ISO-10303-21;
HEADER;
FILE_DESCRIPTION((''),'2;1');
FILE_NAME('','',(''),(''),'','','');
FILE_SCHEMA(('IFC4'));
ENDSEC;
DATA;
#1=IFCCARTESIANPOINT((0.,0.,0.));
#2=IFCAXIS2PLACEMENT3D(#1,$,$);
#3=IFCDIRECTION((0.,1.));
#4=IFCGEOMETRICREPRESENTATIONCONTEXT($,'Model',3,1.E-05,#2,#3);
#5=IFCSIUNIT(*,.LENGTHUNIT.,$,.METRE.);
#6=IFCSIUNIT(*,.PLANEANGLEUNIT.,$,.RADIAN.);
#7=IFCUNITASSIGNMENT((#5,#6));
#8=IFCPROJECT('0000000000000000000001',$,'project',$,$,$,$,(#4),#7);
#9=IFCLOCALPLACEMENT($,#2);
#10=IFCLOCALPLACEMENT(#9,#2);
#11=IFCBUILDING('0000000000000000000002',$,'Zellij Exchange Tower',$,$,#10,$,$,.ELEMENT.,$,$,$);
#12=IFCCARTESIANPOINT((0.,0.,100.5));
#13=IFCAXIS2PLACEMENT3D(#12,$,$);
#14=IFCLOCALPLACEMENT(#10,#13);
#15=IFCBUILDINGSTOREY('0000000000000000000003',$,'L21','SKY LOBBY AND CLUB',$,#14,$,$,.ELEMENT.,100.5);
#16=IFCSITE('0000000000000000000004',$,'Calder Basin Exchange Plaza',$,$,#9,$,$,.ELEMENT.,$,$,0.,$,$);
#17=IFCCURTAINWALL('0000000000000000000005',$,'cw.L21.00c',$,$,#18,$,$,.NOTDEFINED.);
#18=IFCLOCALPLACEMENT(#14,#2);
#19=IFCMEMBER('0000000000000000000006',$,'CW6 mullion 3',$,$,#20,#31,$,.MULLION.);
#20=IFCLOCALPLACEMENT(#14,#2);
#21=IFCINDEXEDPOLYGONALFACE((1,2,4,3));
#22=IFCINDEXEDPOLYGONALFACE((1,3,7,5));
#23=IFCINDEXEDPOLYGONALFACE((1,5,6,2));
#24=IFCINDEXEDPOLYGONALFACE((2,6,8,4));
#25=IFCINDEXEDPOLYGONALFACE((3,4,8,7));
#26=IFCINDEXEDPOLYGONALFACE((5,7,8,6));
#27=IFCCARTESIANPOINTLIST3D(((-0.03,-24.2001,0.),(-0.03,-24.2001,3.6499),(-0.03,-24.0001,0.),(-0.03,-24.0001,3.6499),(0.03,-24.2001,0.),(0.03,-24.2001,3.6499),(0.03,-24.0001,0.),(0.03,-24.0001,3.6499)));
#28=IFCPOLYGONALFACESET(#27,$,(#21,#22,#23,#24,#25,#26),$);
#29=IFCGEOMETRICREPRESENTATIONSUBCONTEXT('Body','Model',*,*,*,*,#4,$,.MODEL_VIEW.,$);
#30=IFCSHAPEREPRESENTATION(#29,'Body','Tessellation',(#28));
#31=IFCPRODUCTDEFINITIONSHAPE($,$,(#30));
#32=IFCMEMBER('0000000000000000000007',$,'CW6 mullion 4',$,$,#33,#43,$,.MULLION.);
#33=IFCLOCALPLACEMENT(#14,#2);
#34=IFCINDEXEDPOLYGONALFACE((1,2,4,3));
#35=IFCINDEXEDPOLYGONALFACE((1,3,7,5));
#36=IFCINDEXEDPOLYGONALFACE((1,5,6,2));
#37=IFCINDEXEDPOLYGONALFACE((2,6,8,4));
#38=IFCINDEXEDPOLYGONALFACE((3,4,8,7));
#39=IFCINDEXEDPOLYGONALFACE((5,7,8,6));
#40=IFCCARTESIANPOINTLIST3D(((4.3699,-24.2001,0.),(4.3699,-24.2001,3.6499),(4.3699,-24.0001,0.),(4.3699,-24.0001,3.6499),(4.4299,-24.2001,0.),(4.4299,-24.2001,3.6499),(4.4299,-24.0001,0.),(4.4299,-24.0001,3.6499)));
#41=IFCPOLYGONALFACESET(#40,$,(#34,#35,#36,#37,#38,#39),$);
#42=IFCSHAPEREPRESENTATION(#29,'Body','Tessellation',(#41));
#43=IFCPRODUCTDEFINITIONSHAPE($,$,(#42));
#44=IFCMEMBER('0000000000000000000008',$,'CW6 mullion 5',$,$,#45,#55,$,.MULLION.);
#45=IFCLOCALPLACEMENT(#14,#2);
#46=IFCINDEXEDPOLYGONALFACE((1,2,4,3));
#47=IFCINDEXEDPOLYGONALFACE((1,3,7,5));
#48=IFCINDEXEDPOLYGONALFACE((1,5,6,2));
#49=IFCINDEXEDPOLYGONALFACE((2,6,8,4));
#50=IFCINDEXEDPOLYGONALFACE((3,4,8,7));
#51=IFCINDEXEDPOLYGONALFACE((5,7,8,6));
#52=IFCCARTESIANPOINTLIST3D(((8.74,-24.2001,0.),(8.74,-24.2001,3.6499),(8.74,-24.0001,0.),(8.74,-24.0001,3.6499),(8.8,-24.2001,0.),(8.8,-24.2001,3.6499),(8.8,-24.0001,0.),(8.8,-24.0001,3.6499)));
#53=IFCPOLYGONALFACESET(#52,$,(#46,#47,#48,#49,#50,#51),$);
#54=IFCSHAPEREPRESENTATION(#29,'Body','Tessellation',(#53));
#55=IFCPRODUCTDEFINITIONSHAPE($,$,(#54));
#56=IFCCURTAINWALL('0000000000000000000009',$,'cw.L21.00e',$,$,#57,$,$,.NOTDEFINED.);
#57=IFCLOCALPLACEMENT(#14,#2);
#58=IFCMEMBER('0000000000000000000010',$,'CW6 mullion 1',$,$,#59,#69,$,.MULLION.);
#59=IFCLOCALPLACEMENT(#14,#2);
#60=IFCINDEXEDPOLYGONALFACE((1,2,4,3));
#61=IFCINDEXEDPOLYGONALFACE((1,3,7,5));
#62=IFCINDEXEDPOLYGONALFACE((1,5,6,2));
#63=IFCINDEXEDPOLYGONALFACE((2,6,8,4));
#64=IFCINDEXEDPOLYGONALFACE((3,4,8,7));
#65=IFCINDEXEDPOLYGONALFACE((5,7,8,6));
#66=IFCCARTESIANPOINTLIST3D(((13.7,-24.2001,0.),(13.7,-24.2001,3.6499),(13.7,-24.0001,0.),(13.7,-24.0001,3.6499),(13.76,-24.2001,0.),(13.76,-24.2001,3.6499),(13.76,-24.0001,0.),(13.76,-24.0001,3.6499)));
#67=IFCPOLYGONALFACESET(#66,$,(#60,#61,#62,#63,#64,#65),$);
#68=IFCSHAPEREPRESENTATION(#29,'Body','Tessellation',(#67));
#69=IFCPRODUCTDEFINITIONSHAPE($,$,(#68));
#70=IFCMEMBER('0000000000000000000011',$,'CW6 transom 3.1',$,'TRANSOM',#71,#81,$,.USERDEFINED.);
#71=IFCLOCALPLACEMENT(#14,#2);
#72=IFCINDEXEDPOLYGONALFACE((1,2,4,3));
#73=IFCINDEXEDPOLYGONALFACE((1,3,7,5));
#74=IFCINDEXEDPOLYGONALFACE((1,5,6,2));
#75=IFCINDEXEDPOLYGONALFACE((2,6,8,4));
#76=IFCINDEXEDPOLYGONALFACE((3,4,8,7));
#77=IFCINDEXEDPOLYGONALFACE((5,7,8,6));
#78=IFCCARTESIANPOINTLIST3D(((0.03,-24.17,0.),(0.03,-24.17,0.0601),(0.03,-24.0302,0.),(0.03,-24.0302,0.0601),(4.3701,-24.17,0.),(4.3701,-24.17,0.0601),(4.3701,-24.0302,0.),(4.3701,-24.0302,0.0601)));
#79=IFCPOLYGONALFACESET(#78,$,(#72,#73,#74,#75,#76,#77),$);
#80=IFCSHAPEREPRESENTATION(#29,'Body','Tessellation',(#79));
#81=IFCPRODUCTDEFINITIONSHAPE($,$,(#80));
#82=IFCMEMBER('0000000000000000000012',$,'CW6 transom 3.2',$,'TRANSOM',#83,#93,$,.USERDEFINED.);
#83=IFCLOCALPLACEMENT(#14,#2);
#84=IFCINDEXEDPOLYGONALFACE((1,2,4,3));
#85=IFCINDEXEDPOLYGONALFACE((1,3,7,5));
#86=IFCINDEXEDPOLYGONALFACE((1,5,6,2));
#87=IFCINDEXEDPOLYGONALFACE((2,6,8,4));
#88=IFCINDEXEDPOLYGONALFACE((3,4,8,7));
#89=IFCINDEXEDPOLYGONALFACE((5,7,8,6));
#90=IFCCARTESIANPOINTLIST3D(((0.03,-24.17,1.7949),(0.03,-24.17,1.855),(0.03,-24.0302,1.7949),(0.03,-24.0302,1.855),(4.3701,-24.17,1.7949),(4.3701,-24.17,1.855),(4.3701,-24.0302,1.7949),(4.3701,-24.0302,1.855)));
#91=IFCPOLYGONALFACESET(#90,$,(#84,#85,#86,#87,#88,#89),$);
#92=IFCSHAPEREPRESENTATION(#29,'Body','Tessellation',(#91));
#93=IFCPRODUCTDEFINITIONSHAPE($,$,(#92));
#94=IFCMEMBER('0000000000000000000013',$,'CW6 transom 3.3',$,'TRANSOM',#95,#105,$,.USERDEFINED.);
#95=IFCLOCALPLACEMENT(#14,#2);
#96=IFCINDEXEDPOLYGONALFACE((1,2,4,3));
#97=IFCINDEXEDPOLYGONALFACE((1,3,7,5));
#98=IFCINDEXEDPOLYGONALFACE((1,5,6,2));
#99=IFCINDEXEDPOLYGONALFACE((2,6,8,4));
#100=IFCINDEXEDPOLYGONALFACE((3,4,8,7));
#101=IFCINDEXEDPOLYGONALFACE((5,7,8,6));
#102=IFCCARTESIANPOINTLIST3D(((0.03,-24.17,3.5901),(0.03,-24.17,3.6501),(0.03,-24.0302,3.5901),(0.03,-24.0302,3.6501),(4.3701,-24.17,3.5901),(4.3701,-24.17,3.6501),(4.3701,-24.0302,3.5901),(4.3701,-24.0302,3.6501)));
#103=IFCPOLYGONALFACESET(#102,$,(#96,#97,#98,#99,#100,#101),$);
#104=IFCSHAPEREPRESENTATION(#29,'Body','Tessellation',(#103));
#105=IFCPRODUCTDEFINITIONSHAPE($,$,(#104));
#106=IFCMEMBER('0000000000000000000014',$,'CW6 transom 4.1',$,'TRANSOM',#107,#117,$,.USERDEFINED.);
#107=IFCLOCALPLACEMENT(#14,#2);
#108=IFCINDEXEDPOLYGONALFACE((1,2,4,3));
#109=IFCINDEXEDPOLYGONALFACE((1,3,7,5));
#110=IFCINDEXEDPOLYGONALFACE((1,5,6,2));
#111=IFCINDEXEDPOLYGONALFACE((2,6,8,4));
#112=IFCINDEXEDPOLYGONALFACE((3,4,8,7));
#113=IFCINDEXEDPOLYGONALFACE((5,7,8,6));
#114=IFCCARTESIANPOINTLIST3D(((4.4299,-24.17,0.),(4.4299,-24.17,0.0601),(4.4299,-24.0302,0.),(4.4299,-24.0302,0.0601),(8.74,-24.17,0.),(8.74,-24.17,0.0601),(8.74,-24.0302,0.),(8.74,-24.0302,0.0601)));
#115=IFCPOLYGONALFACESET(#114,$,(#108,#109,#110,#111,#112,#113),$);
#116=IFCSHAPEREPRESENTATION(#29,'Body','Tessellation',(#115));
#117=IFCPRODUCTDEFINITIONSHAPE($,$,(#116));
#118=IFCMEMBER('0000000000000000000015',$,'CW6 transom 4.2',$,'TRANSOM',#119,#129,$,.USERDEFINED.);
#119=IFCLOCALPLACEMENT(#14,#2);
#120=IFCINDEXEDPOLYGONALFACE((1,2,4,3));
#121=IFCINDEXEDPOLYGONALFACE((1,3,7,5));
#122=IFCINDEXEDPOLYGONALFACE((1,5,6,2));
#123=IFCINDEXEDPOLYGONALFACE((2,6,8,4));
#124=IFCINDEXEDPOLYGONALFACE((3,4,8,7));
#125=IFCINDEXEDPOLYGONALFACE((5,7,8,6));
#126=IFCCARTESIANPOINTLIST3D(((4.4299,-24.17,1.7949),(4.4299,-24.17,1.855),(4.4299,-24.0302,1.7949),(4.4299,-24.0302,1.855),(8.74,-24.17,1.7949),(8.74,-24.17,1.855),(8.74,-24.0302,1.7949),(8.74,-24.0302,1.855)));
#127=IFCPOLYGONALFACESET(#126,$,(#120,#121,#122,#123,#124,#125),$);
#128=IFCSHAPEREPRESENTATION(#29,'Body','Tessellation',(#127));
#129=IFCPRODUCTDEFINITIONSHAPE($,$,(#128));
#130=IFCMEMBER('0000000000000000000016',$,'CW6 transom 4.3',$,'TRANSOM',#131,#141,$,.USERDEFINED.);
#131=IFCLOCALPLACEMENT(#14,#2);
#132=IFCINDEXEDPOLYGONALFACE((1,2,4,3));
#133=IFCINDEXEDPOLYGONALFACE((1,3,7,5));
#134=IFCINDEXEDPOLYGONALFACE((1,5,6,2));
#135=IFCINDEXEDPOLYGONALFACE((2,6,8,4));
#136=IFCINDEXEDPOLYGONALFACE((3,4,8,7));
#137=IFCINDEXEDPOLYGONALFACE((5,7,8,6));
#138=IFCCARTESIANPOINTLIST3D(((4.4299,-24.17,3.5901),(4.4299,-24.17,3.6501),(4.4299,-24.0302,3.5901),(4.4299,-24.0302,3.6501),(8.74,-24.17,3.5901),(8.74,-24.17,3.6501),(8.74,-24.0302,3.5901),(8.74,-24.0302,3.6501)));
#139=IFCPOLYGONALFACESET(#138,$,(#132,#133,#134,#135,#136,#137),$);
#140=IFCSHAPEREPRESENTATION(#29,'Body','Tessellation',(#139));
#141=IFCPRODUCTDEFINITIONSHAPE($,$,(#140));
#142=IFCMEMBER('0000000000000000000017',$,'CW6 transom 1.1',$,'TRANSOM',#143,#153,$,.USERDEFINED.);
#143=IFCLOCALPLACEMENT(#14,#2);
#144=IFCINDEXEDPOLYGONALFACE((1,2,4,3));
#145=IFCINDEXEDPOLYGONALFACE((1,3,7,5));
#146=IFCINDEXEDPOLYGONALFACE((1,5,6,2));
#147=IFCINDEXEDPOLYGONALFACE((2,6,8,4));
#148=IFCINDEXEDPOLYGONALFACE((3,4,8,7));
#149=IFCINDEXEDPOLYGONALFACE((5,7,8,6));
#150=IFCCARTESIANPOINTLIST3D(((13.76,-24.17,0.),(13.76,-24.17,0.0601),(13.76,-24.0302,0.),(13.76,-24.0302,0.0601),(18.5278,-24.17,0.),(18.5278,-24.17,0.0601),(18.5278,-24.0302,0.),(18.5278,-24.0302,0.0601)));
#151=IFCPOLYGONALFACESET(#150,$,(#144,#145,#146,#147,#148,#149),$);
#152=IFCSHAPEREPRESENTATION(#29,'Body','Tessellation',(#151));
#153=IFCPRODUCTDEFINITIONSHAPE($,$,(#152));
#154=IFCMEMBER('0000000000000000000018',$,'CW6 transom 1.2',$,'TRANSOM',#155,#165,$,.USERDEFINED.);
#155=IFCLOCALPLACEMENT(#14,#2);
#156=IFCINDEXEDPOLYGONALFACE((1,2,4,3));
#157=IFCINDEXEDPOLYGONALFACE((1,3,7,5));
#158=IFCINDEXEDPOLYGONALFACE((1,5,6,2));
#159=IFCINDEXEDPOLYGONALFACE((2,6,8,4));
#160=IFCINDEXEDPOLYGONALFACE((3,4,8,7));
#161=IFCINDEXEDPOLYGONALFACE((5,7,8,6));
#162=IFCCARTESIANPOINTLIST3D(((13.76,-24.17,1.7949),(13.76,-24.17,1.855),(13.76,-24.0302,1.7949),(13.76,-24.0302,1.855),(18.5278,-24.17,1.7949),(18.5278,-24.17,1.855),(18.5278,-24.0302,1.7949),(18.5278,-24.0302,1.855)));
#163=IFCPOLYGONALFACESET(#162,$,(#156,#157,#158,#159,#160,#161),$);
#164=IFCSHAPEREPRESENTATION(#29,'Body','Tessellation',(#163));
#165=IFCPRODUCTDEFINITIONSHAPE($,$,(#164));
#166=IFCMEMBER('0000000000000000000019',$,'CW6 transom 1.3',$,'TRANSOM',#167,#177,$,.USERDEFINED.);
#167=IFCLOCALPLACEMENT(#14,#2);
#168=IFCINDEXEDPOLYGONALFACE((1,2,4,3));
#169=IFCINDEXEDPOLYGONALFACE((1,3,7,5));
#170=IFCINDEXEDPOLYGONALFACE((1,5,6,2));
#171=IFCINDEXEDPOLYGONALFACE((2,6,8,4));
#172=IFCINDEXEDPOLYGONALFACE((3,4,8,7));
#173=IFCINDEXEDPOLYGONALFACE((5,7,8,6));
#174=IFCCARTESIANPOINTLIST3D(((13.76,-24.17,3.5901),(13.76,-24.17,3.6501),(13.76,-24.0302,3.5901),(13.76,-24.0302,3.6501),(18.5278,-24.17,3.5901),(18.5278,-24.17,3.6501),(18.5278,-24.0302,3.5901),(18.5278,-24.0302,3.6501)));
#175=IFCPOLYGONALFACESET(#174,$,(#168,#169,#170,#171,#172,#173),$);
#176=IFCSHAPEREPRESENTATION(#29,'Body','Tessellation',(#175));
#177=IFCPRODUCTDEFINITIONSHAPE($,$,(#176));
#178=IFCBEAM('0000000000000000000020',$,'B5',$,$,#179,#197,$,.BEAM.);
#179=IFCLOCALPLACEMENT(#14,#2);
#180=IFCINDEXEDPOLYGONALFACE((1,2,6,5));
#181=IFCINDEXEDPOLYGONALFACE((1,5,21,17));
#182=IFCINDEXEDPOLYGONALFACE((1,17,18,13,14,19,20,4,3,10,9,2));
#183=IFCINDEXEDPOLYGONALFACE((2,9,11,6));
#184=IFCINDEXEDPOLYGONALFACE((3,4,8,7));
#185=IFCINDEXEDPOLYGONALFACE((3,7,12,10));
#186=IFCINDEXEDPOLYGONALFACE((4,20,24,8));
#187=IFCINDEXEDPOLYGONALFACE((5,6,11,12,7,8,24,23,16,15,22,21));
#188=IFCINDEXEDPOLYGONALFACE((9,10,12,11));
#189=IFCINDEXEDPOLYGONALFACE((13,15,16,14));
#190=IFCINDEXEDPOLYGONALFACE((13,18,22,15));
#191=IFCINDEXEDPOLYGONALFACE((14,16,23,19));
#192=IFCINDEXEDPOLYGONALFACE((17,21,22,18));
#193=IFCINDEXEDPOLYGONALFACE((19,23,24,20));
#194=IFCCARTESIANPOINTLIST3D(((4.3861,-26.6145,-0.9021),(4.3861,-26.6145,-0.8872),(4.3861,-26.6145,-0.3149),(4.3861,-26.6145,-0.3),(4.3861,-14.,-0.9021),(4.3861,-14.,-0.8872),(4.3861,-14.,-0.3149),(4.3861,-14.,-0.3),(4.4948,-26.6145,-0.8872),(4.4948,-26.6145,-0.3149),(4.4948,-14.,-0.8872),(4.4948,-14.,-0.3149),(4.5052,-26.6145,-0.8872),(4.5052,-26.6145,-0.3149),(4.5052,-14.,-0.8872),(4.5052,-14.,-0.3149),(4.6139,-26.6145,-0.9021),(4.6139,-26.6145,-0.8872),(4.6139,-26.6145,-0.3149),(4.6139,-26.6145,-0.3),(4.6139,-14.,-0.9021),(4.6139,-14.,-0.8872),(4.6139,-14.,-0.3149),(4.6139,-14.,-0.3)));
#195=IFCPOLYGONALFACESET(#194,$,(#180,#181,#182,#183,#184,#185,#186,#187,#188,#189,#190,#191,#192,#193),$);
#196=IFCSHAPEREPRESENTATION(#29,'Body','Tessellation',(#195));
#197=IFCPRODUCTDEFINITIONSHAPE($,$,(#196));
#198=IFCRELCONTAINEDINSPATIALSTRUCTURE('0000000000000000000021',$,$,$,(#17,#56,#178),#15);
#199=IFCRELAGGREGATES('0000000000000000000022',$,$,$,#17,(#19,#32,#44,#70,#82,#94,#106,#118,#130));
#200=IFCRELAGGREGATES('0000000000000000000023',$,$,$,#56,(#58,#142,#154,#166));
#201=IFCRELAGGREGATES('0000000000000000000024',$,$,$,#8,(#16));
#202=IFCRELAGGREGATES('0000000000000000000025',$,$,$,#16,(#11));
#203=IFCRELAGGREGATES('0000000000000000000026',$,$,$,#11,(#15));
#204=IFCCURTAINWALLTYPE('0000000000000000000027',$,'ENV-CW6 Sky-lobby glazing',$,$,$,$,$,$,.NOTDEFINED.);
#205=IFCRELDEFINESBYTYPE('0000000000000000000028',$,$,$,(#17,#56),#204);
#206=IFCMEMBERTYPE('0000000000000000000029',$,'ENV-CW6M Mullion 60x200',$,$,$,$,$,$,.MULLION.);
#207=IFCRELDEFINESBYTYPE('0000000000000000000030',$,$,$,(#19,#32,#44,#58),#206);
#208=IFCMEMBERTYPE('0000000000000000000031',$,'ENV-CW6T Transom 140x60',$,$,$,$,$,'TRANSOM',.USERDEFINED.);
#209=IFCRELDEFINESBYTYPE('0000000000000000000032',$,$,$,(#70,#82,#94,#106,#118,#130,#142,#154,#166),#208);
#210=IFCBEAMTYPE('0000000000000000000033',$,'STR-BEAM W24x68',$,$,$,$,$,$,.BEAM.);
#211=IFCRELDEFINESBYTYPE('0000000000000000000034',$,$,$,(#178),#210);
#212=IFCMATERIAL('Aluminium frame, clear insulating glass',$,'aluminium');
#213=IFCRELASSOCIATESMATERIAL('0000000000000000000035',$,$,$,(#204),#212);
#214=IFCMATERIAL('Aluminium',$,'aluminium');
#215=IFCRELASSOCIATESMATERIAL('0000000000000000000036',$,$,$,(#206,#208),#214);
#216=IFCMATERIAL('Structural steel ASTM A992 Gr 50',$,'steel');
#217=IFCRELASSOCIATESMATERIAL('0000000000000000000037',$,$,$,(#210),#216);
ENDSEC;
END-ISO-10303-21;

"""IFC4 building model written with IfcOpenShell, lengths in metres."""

from ifc_helpers import new_model, si_unit, direction, frame, origin, origin_2d, place, context, subcontext, project, spatial, rectangle, i_section, extrude, material, material_profile, profile_set, type_object, element, aggregate, save


model = new_model("IFC4")

# Units and contexts
model_context = context("Model", 3, precision=1e-05, world=origin(), true_north=direction((0.0, 1.0)))
body_context = subcontext(model_context, "Body", "Model", "MODEL_VIEW")
ifc_project = project(units=[si_unit("LENGTHUNIT", "METRE"), si_unit("PLANEANGLEUNIT", "RADIAN")], contexts=[model_context])

# Site, building, storey
site_placement = place(None, origin())
site = spatial("IfcSite", under=ifc_project, at=site_placement, Name="Calder Basin Exchange Plaza", CompositionType="ELEMENT", RefElevation=0.0)
building_placement = place(site_placement, origin())
building = spatial("IfcBuilding", under=site, at=building_placement, Name="Zellij Exchange Tower", CompositionType="ELEMENT")
storey_placement = place(building_placement, frame((0.0, 0.0, 100.5)))
storey = spatial("IfcBuildingStorey", under=building, at=storey_placement, Name="L21", Description="SKY LOBBY AND CLUB", CompositionType="ELEMENT", Elevation=100.5)

# Curtain wall, members
ifc_material_1 = material(Name="Aluminium frame, clear insulating glass", Category="aluminium")
curtain_wall_type = type_object("IfcCurtainWallType", Name="ENV-CW6 Sky-lobby glazing", PredefinedType="NOTDEFINED", material=ifc_material_1)
curtain_wall_1_placement = place(storey_placement, origin())
curtain_wall_1 = element("IfcCurtainWall", 1, at=curtain_wall_1_placement, inside=storey, type_object=curtain_wall_type, Name="cw.L21.00c", PredefinedType="NOTDEFINED")
ifc_material_2 = material(Name="Aluminium", Category="aluminium")
ifc_material_profile_1 = material_profile(ifc_material_2, rectangle(XDim=0.0601, YDim=0.2, at=origin_2d()), Name="AL 60x200")
ifc_profile_set_1 = profile_set([ifc_material_profile_1], Name="Aluminium")
member_type_1 = type_object("IfcMemberType", Name="ENV-CW6M Mullion 60x200", PredefinedType="MULLION", material=ifc_profile_set_1)
member_1_placement = place(storey_placement, frame((0.0, -24.1001, 0.0), z_axis=(0.0, 0.0, 1.0), x_axis=(1.0, 0.0, 0.0)))
member_1 = element("IfcMember", 2, at=member_1_placement, type_object=member_type_1, Name="CW6 mullion 3", PredefinedType="MULLION", context=body_context, shape_type="SweptSolid", body=[
    extrude(rectangle(XDim=0.0601, YDim=0.2, at=origin_2d()), origin(), (0.0, 0.0, 1.0), 3.6499),
])
member_2_placement = place(storey_placement, frame((4.3999, -24.1001, 0.0), z_axis=(0.0, 0.0, 1.0), x_axis=(1.0, 0.0, 0.0)))
member_2 = element("IfcMember", 3, at=member_2_placement, type_object=member_type_1, Name="CW6 mullion 4", PredefinedType="MULLION", context=body_context, shape_type="SweptSolid", body=[
    extrude(rectangle(XDim=0.0601, YDim=0.2, at=origin_2d()), origin(), (0.0, 0.0, 1.0), 3.6499),
])
member_3_placement = place(storey_placement, frame((8.77, -24.1001, 0.0), z_axis=(0.0, 0.0, 1.0), x_axis=(1.0, 0.0, 0.0)))
member_3 = element("IfcMember", 4, at=member_3_placement, type_object=member_type_1, Name="CW6 mullion 5", PredefinedType="MULLION", context=body_context, shape_type="SweptSolid", body=[
    extrude(rectangle(XDim=0.0601, YDim=0.2, at=origin_2d()), origin(), (0.0, 0.0, 1.0), 3.6499),
])

# Curtain wall, member
curtain_wall_2_placement = place(storey_placement, origin())
curtain_wall_2 = element("IfcCurtainWall", 5, at=curtain_wall_2_placement, inside=storey, type_object=curtain_wall_type, Name="cw.L21.00e", PredefinedType="NOTDEFINED")
member_4_placement = place(storey_placement, frame((13.73, -24.1001, 0.0), z_axis=(0.0, 0.0, 1.0), x_axis=(1.0, 0.0, 0.0)))
member_4 = element("IfcMember", 6, at=member_4_placement, type_object=member_type_1, Name="CW6 mullion 1", PredefinedType="MULLION", context=body_context, shape_type="SweptSolid", body=[
    extrude(rectangle(XDim=0.0601, YDim=0.2, at=origin_2d()), origin(), (0.0, 0.0, 1.0), 3.6499),
])

# Members
ifc_material_profile_2 = material_profile(ifc_material_2, rectangle(XDim=0.1399, YDim=0.0601, at=origin_2d()), Name="AL 140x60")
ifc_profile_set_2 = profile_set([ifc_material_profile_2], Name="Aluminium")
member_type_2 = type_object("IfcMemberType", Name="ENV-CW6T Transom 140x60", ElementType="TRANSOM", PredefinedType="USERDEFINED", material=ifc_profile_set_2)
member_5_placement = place(storey_placement, frame((0.03, -24.1001, 0.03), z_axis=(1.0, 0.0, 0.0), x_axis=(0.0, 1.0, 0.0)))
member_5 = element("IfcMember", 7, at=member_5_placement, type_object=member_type_2, Name="CW6 transom 3.1", ObjectType="TRANSOM", PredefinedType="USERDEFINED", context=body_context, shape_type="SweptSolid", body=[
    extrude(rectangle(XDim=0.1399, YDim=0.0601, at=origin_2d()), origin(), (0.0, 0.0, 1.0), 4.3401),
])
member_6_placement = place(storey_placement, frame((0.03, -24.1001, 1.825), z_axis=(1.0, 0.0, 0.0), x_axis=(0.0, 1.0, 0.0)))
member_6 = element("IfcMember", 8, at=member_6_placement, type_object=member_type_2, Name="CW6 transom 3.2", ObjectType="TRANSOM", PredefinedType="USERDEFINED", context=body_context, shape_type="SweptSolid", body=[
    extrude(rectangle(XDim=0.1399, YDim=0.0601, at=origin_2d()), origin(), (0.0, 0.0, 1.0), 4.3401),
])
member_7_placement = place(storey_placement, frame((0.03, -24.1001, 3.6201), z_axis=(1.0, 0.0, 0.0), x_axis=(0.0, 1.0, 0.0)))
member_7 = element("IfcMember", 9, at=member_7_placement, type_object=member_type_2, Name="CW6 transom 3.3", ObjectType="TRANSOM", PredefinedType="USERDEFINED", context=body_context, shape_type="SweptSolid", body=[
    extrude(rectangle(XDim=0.1399, YDim=0.0601, at=origin_2d()), origin(), (0.0, 0.0, 1.0), 4.3401),
])
member_8_placement = place(storey_placement, frame((4.4299, -24.1001, 0.03), z_axis=(1.0, 0.0, 0.0), x_axis=(0.0, 1.0, 0.0)))
member_8 = element("IfcMember", 10, at=member_8_placement, type_object=member_type_2, Name="CW6 transom 4.1", ObjectType="TRANSOM", PredefinedType="USERDEFINED", context=body_context, shape_type="SweptSolid", body=[
    extrude(rectangle(XDim=0.1399, YDim=0.0601, at=origin_2d()), origin(), (0.0, 0.0, 1.0), 4.3101),
])
member_9_placement = place(storey_placement, frame((4.4299, -24.1001, 1.825), z_axis=(1.0, 0.0, 0.0), x_axis=(0.0, 1.0, 0.0)))
member_9 = element("IfcMember", 11, at=member_9_placement, type_object=member_type_2, Name="CW6 transom 4.2", ObjectType="TRANSOM", PredefinedType="USERDEFINED", context=body_context, shape_type="SweptSolid", body=[
    extrude(rectangle(XDim=0.1399, YDim=0.0601, at=origin_2d()), origin(), (0.0, 0.0, 1.0), 4.3101),
])
member_10_placement = place(storey_placement, frame((4.4299, -24.1001, 3.6201), z_axis=(1.0, 0.0, 0.0), x_axis=(0.0, 1.0, 0.0)))
member_10 = element("IfcMember", 12, at=member_10_placement, type_object=member_type_2, Name="CW6 transom 4.3", ObjectType="TRANSOM", PredefinedType="USERDEFINED", context=body_context, shape_type="SweptSolid", body=[
    extrude(rectangle(XDim=0.1399, YDim=0.0601, at=origin_2d()), origin(), (0.0, 0.0, 1.0), 4.3101),
])
member_11_placement = place(storey_placement, frame((13.76, -24.1001, 0.03), z_axis=(1.0, 0.0, 0.0), x_axis=(0.0, 1.0, 0.0)))
member_11 = element("IfcMember", 13, at=member_11_placement, type_object=member_type_2, Name="CW6 transom 1.1", ObjectType="TRANSOM", PredefinedType="USERDEFINED", context=body_context, shape_type="SweptSolid", body=[
    extrude(rectangle(XDim=0.1399, YDim=0.0601, at=origin_2d()), origin(), (0.0, 0.0, 1.0), 4.7678),
])
member_12_placement = place(storey_placement, frame((13.76, -24.1001, 1.825), z_axis=(1.0, 0.0, 0.0), x_axis=(0.0, 1.0, 0.0)))
member_12 = element("IfcMember", 14, at=member_12_placement, type_object=member_type_2, Name="CW6 transom 1.2", ObjectType="TRANSOM", PredefinedType="USERDEFINED", context=body_context, shape_type="SweptSolid", body=[
    extrude(rectangle(XDim=0.1399, YDim=0.0601, at=origin_2d()), origin(), (0.0, 0.0, 1.0), 4.7678),
])
member_13_placement = place(storey_placement, frame((13.76, -24.1001, 3.6201), z_axis=(1.0, 0.0, 0.0), x_axis=(0.0, 1.0, 0.0)))
member_13 = element("IfcMember", 15, at=member_13_placement, type_object=member_type_2, Name="CW6 transom 1.3", ObjectType="TRANSOM", PredefinedType="USERDEFINED", context=body_context, shape_type="SweptSolid", body=[
    extrude(rectangle(XDim=0.1399, YDim=0.0601, at=origin_2d()), origin(), (0.0, 0.0, 1.0), 4.7678),
])

# Beam
ifc_material_3 = material(Name="Structural steel ASTM A992 Gr 50", Category="steel")
ifc_material_profile_3 = material_profile(ifc_material_3, i_section(OverallWidth=0.2278, OverallDepth=0.6021, WebThickness=0.0105, FlangeThickness=0.0149, at=origin_2d()), Name="W24x68")
ifc_profile_set_3 = profile_set([ifc_material_profile_3], Name="Structural steel ASTM A992 Gr 50")
beam_type_1 = type_object("IfcBeamType", Name="STR-BEAM W24x68", PredefinedType="BEAM", material=ifc_profile_set_3)
for number, where, z_axis, x_axis, name in (
    (16, (4.5, -26.6145, -0.6011), (0.0, 1.0, 0.0), (-1.0, 0.0, 0.0), "B5"),
):
    element("IfcBeam", number, at=place(storey_placement, frame(where, z_axis=z_axis, x_axis=x_axis)), inside=storey, type_object=beam_type_1, Name=name, PredefinedType="BEAM", context=body_context, shape_type="SweptSolid", body=[
        extrude(i_section(OverallWidth=0.2278, OverallDepth=0.6021, WebThickness=0.0105, FlangeThickness=0.0149, at=origin_2d()), origin(), (0.0, 0.0, 1.0), 12.6145),
    ])

aggregate(curtain_wall_1, [member_1, member_2, member_3, member_5, member_6, member_7, member_8, member_9, member_10])
aggregate(curtain_wall_2, [member_4, member_11, member_12, member_13])

save(model, "model.ifc")
